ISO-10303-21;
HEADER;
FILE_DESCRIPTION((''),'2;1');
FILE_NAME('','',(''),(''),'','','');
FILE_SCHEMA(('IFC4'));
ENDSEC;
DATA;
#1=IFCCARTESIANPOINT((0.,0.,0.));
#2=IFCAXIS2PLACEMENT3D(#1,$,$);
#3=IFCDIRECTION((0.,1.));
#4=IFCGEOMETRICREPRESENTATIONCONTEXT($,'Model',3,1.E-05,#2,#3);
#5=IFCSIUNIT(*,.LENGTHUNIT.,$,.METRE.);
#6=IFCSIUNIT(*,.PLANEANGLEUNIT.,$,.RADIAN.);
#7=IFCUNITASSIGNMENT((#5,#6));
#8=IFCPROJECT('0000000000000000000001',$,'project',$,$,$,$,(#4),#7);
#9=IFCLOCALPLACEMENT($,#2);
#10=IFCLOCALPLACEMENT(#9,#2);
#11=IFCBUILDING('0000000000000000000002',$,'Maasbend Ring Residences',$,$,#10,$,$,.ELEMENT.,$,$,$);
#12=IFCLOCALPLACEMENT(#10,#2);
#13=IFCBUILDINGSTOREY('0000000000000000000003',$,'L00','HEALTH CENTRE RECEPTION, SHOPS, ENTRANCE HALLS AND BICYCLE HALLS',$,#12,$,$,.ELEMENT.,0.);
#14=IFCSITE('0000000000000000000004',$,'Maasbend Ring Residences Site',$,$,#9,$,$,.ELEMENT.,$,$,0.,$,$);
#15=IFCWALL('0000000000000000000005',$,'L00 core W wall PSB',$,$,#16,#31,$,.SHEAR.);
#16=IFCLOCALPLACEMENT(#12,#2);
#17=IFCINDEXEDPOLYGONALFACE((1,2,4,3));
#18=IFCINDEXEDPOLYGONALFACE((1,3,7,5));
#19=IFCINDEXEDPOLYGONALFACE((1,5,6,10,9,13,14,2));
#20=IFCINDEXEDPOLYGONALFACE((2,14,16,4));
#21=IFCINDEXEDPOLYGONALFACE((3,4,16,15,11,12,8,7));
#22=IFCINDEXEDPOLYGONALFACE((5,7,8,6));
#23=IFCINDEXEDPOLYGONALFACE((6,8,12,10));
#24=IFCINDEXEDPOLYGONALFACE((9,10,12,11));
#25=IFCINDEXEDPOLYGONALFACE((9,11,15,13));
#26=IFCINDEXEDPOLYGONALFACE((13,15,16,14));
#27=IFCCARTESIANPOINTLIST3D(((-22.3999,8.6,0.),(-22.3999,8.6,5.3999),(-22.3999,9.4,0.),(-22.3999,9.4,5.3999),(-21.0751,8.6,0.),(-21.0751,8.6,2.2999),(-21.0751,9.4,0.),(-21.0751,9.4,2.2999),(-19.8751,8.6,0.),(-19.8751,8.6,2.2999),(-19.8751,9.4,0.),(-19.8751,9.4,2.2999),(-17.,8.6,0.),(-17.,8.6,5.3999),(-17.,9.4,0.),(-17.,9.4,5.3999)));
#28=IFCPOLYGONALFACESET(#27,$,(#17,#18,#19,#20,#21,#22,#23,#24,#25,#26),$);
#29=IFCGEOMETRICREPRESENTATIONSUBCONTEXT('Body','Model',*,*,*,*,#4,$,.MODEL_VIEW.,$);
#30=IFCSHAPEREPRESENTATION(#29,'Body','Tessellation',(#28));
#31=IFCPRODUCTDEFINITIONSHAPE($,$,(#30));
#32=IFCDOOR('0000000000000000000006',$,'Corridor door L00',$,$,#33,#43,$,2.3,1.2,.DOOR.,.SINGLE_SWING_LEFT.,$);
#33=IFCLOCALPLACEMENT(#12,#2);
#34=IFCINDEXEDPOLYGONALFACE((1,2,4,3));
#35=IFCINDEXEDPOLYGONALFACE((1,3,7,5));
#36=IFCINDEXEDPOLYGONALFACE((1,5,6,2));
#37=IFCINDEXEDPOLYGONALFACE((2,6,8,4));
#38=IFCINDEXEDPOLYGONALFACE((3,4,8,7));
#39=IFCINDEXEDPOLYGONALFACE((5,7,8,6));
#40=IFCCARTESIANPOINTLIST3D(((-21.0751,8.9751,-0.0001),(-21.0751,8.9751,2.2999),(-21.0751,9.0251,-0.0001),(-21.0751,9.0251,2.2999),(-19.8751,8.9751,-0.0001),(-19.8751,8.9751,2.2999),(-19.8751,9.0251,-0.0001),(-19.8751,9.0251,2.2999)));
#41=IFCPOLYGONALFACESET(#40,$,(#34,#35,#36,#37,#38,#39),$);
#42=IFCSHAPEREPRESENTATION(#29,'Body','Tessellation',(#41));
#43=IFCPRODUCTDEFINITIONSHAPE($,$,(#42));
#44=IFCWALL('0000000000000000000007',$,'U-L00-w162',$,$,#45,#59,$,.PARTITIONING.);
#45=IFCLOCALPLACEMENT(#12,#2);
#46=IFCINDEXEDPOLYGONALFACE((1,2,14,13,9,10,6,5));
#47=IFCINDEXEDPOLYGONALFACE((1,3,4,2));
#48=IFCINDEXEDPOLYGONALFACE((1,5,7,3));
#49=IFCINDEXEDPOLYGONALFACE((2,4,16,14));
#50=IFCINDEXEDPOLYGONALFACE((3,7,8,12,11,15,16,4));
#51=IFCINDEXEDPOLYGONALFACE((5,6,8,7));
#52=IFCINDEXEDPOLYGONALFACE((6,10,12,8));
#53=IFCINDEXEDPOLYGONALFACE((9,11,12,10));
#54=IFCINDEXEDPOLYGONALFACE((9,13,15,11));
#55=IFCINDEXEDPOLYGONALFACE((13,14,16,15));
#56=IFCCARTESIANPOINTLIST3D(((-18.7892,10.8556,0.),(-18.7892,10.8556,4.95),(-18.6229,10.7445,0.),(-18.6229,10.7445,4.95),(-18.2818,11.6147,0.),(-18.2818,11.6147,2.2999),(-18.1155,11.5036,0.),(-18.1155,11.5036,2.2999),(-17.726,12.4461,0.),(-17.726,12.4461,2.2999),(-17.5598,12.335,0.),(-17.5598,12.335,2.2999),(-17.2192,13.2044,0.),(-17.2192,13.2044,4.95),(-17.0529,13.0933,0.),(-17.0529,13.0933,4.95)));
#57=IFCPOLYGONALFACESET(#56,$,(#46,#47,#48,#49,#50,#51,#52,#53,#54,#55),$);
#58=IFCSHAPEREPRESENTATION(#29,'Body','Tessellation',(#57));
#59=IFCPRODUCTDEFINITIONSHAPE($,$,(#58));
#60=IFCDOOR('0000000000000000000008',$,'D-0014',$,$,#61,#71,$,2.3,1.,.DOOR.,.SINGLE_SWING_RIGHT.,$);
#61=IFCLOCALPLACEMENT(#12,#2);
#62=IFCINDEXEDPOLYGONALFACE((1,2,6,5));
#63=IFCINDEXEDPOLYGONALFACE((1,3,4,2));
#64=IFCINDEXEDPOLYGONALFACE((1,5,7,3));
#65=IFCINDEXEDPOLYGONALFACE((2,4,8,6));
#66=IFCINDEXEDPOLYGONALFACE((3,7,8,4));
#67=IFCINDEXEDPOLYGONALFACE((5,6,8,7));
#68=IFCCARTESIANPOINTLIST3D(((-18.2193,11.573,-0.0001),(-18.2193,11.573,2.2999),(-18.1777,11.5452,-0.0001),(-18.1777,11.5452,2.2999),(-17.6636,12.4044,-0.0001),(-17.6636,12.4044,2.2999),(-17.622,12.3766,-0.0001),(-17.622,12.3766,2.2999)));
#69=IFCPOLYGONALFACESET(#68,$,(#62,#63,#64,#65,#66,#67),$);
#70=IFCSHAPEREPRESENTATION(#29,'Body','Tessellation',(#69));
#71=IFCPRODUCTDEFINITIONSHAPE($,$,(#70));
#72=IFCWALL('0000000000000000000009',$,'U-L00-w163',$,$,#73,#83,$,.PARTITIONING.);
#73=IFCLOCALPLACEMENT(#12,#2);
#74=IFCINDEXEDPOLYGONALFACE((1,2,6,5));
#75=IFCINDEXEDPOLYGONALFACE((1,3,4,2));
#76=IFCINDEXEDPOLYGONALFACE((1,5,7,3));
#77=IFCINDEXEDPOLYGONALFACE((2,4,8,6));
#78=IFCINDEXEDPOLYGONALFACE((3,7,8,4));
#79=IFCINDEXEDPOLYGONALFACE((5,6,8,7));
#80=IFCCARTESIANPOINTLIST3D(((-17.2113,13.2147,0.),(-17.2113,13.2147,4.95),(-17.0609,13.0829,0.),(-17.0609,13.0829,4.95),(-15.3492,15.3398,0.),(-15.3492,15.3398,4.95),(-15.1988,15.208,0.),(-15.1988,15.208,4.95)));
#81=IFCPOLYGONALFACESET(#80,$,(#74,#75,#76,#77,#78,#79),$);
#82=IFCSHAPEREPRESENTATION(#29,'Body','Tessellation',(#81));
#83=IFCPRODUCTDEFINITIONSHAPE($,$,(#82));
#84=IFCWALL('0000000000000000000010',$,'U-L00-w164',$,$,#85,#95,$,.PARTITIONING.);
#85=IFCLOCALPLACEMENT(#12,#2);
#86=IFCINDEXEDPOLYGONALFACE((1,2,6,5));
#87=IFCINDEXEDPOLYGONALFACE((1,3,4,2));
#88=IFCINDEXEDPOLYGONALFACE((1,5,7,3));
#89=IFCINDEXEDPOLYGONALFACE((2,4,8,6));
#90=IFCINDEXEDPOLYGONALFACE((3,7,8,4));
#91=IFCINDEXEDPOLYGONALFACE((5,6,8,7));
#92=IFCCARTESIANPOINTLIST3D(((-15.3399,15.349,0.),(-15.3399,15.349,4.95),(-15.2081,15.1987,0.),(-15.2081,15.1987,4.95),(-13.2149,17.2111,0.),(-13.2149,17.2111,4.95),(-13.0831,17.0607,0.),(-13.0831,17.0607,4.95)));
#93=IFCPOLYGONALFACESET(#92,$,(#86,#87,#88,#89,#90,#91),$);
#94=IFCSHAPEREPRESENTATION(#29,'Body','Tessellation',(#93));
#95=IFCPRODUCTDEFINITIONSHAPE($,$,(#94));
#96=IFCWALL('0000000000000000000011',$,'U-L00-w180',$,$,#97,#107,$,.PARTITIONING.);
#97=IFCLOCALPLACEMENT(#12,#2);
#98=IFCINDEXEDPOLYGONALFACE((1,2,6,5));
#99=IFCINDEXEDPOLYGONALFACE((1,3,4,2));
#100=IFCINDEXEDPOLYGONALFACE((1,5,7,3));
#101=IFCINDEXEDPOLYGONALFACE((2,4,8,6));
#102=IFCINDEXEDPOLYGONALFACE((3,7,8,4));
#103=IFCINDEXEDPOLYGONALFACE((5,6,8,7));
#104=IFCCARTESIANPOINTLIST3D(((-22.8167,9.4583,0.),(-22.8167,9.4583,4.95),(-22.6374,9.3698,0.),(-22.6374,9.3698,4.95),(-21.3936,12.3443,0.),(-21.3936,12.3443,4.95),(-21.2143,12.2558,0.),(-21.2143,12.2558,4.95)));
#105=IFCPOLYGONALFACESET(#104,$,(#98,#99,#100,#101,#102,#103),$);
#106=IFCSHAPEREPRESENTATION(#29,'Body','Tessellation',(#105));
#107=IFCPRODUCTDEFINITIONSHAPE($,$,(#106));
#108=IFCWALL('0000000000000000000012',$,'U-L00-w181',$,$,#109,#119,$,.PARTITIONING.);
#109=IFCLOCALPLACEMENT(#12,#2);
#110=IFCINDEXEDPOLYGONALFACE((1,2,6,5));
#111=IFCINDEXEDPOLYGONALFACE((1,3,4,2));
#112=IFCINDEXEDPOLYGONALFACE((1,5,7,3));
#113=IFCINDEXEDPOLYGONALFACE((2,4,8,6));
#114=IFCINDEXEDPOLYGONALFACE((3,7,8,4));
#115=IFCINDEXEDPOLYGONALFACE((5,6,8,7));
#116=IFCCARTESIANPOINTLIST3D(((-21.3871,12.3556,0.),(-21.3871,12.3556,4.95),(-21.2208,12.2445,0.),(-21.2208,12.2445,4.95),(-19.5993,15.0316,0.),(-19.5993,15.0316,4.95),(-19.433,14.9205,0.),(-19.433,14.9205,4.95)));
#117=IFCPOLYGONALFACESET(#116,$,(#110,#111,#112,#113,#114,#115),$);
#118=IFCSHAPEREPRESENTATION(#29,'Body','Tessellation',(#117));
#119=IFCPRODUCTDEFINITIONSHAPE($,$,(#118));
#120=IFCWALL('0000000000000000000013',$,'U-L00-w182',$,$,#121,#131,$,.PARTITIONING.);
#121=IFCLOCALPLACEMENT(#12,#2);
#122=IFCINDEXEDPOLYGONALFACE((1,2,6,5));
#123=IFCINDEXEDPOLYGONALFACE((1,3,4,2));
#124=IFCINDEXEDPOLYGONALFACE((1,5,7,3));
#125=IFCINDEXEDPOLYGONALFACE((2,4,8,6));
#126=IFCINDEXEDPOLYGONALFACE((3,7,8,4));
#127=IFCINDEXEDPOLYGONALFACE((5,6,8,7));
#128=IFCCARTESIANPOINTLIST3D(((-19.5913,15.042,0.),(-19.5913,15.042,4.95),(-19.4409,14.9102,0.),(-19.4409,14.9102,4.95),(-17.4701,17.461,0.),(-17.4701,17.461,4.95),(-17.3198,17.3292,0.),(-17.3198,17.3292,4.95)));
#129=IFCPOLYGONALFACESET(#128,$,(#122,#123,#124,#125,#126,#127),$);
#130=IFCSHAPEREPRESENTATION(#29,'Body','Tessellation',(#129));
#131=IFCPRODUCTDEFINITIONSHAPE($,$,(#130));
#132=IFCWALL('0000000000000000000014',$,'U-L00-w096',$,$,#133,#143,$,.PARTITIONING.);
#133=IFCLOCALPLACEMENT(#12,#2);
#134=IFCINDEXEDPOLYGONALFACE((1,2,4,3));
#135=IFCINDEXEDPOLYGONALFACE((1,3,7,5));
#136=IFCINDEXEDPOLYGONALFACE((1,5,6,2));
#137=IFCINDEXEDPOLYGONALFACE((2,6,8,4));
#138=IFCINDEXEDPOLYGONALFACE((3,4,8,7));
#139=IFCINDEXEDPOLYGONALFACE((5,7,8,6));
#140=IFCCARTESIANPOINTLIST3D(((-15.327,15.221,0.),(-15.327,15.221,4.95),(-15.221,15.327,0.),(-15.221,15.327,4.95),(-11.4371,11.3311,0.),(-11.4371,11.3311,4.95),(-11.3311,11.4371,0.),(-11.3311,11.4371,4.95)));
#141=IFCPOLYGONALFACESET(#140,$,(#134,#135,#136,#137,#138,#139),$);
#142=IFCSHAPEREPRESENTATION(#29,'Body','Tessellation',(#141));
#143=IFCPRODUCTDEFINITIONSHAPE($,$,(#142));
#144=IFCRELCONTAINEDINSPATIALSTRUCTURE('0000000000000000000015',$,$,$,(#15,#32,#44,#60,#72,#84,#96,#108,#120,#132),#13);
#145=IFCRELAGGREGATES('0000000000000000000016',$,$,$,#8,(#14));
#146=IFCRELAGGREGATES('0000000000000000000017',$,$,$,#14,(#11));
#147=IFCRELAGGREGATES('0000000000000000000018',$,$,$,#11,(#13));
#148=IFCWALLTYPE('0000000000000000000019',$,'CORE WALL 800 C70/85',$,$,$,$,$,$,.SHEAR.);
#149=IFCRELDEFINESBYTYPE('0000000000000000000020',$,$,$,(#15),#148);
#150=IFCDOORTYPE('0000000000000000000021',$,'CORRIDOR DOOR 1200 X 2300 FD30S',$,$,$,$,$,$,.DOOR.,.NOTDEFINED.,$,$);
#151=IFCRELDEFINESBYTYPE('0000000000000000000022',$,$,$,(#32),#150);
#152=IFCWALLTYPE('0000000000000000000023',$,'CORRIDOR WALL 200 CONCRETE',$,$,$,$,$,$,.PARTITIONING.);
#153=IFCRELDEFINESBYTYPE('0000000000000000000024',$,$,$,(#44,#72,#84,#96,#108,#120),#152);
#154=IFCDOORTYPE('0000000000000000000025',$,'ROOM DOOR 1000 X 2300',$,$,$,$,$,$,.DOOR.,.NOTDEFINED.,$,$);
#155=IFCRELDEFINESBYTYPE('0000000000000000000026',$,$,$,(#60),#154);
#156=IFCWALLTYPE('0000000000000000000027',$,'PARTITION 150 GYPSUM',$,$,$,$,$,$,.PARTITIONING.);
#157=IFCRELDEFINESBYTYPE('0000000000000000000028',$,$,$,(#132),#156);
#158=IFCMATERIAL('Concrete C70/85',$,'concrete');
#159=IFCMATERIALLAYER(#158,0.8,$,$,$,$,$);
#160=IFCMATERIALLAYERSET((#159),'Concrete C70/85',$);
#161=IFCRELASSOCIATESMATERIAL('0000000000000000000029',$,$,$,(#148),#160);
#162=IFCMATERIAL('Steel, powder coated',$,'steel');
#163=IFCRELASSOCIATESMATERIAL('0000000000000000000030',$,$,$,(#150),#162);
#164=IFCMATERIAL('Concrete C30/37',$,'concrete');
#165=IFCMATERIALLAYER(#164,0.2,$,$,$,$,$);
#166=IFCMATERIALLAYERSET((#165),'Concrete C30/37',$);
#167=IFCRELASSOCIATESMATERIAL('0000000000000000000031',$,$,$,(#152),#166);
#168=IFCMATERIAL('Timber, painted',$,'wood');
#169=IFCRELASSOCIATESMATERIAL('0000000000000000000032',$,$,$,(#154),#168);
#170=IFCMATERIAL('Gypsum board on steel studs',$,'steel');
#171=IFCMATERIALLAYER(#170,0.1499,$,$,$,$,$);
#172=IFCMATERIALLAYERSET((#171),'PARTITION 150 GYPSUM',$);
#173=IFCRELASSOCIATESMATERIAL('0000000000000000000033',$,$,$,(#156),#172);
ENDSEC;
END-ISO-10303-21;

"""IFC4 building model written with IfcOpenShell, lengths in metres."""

from ifc_helpers import new_model, si_unit, direction, frame, frame_2d, origin, place, context, subcontext, project, spatial, rectangle, extrude, material, layer, layer_set, type_object, element, fill, save


model = new_model("IFC4")

# Units and contexts
model_context = context("Model", 3, precision=1e-05, world=origin(), true_north=direction((0.0, 1.0)))
body_context = subcontext(model_context, "Body", "Model", "MODEL_VIEW")
ifc_project = project(units=[si_unit("LENGTHUNIT", "METRE"), si_unit("PLANEANGLEUNIT", "RADIAN")], contexts=[model_context])

# Site, building, storey
site_placement = place(None, origin())
site = spatial("IfcSite", under=ifc_project, at=site_placement, Name="Maasbend Ring Residences Site", CompositionType="ELEMENT", RefElevation=0.0)
building_placement = place(site_placement, origin())
building = spatial("IfcBuilding", under=site, at=building_placement, Name="Maasbend Ring Residences", CompositionType="ELEMENT")
storey_placement = place(building_placement, origin())
storey = spatial("IfcBuildingStorey", under=building, at=storey_placement, Name="L00", Description="HEALTH CENTRE RECEPTION, SHOPS, ENTRANCE HALLS AND BICYCLE HALLS", CompositionType="ELEMENT", Elevation=0.0)

# Walls, openings, doors
ifc_material_1 = material(Name="Concrete C70/85", Category="concrete")
ifc_layer_1 = layer(ifc_material_1, 0.8)
ifc_layer_set_1 = layer_set([ifc_layer_1], Name="Concrete C70/85")
wall_type_1 = type_object("IfcWallType", Name="CORE WALL 800 C70/85", PredefinedType="SHEAR", material=ifc_layer_set_1)
wall_1_placement = place(storey_placement, frame((-17.0, 9.0, 0.0), z_axis=(0.0, 0.0, 1.0), x_axis=(-1.0, 0.0, 0.0)))
wall_1 = element("IfcWall", 1, at=wall_1_placement, inside=storey, type_object=wall_type_1, Name="L00 core W wall PSB", PredefinedType="SHEAR", context=body_context, shape_type="SweptSolid", body=[
    extrude(rectangle(XDim=5.3999, YDim=0.8, at=frame_2d((2.7, 0.0))), origin(), (0.0, 0.0, 1.0), 5.3999),
])
opening_1_placement = place(wall_1_placement, frame((2.875, 0.0, 0.0)))
opening_1 = element("IfcOpeningElement", 2, at=opening_1_placement, cuts=wall_1, PredefinedType="OPENING", context=body_context, shape_type="SweptSolid", body=[
    extrude(rectangle(XDim=1.2, YDim=2.3, at=frame_2d((0.6001, 1.1499))), frame((0.0, 0.4102, 0.0), z_axis=(0.0, -1.0, 0.0), x_axis=(1.0, 0.0, 0.0)), (0.0, 0.0, 1.0), 0.8201),
])
ifc_material_2 = material(Name="Steel, powder coated", Category="steel")
door_type_1 = type_object("IfcDoorType", Name="CORRIDOR DOOR 1200 X 2300 FD30S", OperationType="NOTDEFINED", PredefinedType="DOOR", material=ifc_material_2)
door_1_placement = place(opening_1_placement, origin())
door_1 = element("IfcDoor", 3, at=door_1_placement, inside=storey, type_object=door_type_1, Name="Corridor door L00", OperationType="SINGLE_SWING_LEFT", OverallHeight=2.3, OverallWidth=1.2, PredefinedType="DOOR", context=body_context, shape_type="SweptSolid", body=[
    extrude(rectangle(XDim=1.2, YDim=2.3, at=frame_2d((0.6001, 1.1499))), frame((0.0, 0.0249, 0.0), z_axis=(0.0, -1.0, 0.0), x_axis=(1.0, 0.0, 0.0)), (0.0, 0.0, 1.0), 0.05),
])
fill(opening_1, door_1)
ifc_material_3 = material(Name="Concrete C30/37", Category="concrete")
ifc_layer_2 = layer(ifc_material_3, 0.2)
ifc_layer_set_2 = layer_set([ifc_layer_2], Name="Concrete C30/37")
wall_type_2 = type_object("IfcWallType", Name="CORRIDOR WALL 200 CONCRETE", PredefinedType="PARTITIONING", material=ifc_layer_set_2)
wall_2_placement = place(storey_placement, frame((-18.7061, 10.8, 0.0), z_axis=(0.0, 0.0, 1.0), x_axis=(0.555717, 0.831372, 0.0)))
wall_2 = element("IfcWall", 4, at=wall_2_placement, inside=storey, type_object=wall_type_2, Name="U-L00-w162", PredefinedType="PARTITIONING", context=body_context, shape_type="SweptSolid", body=[
    extrude(rectangle(XDim=2.8252, YDim=0.2, at=frame_2d((1.4126, 0.0))), origin(), (0.0, 0.0, 1.0), 4.95),
])
opening_2_placement = place(wall_2_placement, frame((0.9131, 0.0, 0.0)))
opening_2 = element("IfcOpeningElement", 5, at=opening_2_placement, cuts=wall_2, PredefinedType="OPENING", context=body_context, shape_type="SweptSolid", body=[
    extrude(rectangle(XDim=1.0, YDim=2.3, at=frame_2d((0.5, 1.1499))), frame((0.0, 0.1099, 0.0), z_axis=(0.0, -1.0, 0.0), x_axis=(1.0, 0.0, 0.0)), (0.0, 0.0, 1.0), 0.22),
])
ifc_material_4 = material(Name="Timber, painted", Category="wood")
door_type_2 = type_object("IfcDoorType", Name="ROOM DOOR 1000 X 2300", OperationType="NOTDEFINED", PredefinedType="DOOR", material=ifc_material_4)
door_2_placement = place(opening_2_placement, origin())
door_2 = element("IfcDoor", 6, at=door_2_placement, inside=storey, type_object=door_type_2, Name="D-0014", OperationType="SINGLE_SWING_RIGHT", OverallHeight=2.3, OverallWidth=1.0, PredefinedType="DOOR", context=body_context, shape_type="SweptSolid", body=[
    extrude(rectangle(XDim=1.0, YDim=2.3, at=frame_2d((0.5, 1.1499))), frame((0.0, 0.0249, 0.0), z_axis=(0.0, -1.0, 0.0), x_axis=(1.0, 0.0, 0.0)), (0.0, 0.0, 1.0), 0.05),
])
fill(opening_2, door_2)

# Walls
for number, where, z_axis, x_axis, name in (
    (7, (-17.136, 13.1489, 0.0), (0.0, 0.0, 1.0), (0.659043, 0.752105, 0.0), "U-L00-w163"),
    (8, (-15.2739, 15.2739, 0.0), (0.0, 0.0, 1.0), (0.752105, 0.659043, 0.0), "U-L00-w164"),
):
    element("IfcWall", number, at=place(storey_placement, frame(where, z_axis=z_axis, x_axis=x_axis)), inside=storey, type_object=wall_type_2, Name=name, PredefinedType="PARTITIONING", context=body_context, shape_type="SweptSolid", body=[
        extrude(rectangle(XDim=2.8254, YDim=0.2, at=frame_2d((1.4126, 0.0))), origin(), (0.0, 0.0, 1.0), 4.95),
    ])
wall_3_placement = place(storey_placement, frame((-22.7271, 9.4141, 0.0), z_axis=(0.0, 0.0, 1.0), x_axis=(0.44226, 0.896887, 0.0)))
element("IfcWall", 9, at=wall_3_placement, inside=storey, type_object=wall_type_2, Name="U-L00-w180", PredefinedType="PARTITIONING", context=body_context, shape_type="SweptSolid", body=[
    extrude(rectangle(XDim=3.2178, YDim=0.2, at=frame_2d((1.6089, 0.0))), origin(), (0.0, 0.0, 1.0), 4.95),
])
wall_4_placement = place(storey_placement, frame((-21.304, 12.3, 0.0), z_axis=(0.0, 0.0, 1.0), x_axis=(0.555523, 0.831501, 0.0)))
element("IfcWall", 10, at=wall_4_placement, inside=storey, type_object=wall_type_2, Name="U-L00-w181", PredefinedType="PARTITIONING", context=body_context, shape_type="SweptSolid", body=[
    extrude(rectangle(XDim=3.2183, YDim=0.2, at=frame_2d((1.6091, 0.0))), origin(), (0.0, 0.0, 1.0), 4.95),
])
wall_5_placement = place(storey_placement, frame((-19.5161, 14.9761, 0.0), z_axis=(0.0, 0.0, 1.0), x_axis=(0.659299, 0.751881, 0.0)))
element("IfcWall", 11, at=wall_5_placement, inside=storey, type_object=wall_type_2, Name="U-L00-w182", PredefinedType="PARTITIONING", context=body_context, shape_type="SweptSolid", body=[
    extrude(rectangle(XDim=3.2173, YDim=0.2, at=frame_2d((1.6086, 0.0))), origin(), (0.0, 0.0, 1.0), 4.95),
])
ifc_material_5 = material(Name="Gypsum board on steel studs", Category="steel")
ifc_layer_3 = layer(ifc_material_5, 0.1499)
ifc_layer_set_3 = layer_set([ifc_layer_3], Name="PARTITION 150 GYPSUM")
wall_type_3 = type_object("IfcWallType", Name="PARTITION 150 GYPSUM", PredefinedType="PARTITIONING", material=ifc_layer_set_3)
wall_6_placement = place(storey_placement, frame((-15.2739, 15.2739, 0.0), z_axis=(0.0, 0.0, 1.0), x_axis=(0.707107, -0.707107, 0.0)))
element("IfcWall", 12, at=wall_6_placement, inside=storey, type_object=wall_type_3, Name="U-L00-w096", PredefinedType="PARTITIONING", context=body_context, shape_type="SweptSolid", body=[
    extrude(rectangle(XDim=5.5012, YDim=0.1499, at=frame_2d((2.7505, 0.0))), origin(), (0.0, 0.0, 1.0), 4.95),
])

save(model, "model.ifc")
